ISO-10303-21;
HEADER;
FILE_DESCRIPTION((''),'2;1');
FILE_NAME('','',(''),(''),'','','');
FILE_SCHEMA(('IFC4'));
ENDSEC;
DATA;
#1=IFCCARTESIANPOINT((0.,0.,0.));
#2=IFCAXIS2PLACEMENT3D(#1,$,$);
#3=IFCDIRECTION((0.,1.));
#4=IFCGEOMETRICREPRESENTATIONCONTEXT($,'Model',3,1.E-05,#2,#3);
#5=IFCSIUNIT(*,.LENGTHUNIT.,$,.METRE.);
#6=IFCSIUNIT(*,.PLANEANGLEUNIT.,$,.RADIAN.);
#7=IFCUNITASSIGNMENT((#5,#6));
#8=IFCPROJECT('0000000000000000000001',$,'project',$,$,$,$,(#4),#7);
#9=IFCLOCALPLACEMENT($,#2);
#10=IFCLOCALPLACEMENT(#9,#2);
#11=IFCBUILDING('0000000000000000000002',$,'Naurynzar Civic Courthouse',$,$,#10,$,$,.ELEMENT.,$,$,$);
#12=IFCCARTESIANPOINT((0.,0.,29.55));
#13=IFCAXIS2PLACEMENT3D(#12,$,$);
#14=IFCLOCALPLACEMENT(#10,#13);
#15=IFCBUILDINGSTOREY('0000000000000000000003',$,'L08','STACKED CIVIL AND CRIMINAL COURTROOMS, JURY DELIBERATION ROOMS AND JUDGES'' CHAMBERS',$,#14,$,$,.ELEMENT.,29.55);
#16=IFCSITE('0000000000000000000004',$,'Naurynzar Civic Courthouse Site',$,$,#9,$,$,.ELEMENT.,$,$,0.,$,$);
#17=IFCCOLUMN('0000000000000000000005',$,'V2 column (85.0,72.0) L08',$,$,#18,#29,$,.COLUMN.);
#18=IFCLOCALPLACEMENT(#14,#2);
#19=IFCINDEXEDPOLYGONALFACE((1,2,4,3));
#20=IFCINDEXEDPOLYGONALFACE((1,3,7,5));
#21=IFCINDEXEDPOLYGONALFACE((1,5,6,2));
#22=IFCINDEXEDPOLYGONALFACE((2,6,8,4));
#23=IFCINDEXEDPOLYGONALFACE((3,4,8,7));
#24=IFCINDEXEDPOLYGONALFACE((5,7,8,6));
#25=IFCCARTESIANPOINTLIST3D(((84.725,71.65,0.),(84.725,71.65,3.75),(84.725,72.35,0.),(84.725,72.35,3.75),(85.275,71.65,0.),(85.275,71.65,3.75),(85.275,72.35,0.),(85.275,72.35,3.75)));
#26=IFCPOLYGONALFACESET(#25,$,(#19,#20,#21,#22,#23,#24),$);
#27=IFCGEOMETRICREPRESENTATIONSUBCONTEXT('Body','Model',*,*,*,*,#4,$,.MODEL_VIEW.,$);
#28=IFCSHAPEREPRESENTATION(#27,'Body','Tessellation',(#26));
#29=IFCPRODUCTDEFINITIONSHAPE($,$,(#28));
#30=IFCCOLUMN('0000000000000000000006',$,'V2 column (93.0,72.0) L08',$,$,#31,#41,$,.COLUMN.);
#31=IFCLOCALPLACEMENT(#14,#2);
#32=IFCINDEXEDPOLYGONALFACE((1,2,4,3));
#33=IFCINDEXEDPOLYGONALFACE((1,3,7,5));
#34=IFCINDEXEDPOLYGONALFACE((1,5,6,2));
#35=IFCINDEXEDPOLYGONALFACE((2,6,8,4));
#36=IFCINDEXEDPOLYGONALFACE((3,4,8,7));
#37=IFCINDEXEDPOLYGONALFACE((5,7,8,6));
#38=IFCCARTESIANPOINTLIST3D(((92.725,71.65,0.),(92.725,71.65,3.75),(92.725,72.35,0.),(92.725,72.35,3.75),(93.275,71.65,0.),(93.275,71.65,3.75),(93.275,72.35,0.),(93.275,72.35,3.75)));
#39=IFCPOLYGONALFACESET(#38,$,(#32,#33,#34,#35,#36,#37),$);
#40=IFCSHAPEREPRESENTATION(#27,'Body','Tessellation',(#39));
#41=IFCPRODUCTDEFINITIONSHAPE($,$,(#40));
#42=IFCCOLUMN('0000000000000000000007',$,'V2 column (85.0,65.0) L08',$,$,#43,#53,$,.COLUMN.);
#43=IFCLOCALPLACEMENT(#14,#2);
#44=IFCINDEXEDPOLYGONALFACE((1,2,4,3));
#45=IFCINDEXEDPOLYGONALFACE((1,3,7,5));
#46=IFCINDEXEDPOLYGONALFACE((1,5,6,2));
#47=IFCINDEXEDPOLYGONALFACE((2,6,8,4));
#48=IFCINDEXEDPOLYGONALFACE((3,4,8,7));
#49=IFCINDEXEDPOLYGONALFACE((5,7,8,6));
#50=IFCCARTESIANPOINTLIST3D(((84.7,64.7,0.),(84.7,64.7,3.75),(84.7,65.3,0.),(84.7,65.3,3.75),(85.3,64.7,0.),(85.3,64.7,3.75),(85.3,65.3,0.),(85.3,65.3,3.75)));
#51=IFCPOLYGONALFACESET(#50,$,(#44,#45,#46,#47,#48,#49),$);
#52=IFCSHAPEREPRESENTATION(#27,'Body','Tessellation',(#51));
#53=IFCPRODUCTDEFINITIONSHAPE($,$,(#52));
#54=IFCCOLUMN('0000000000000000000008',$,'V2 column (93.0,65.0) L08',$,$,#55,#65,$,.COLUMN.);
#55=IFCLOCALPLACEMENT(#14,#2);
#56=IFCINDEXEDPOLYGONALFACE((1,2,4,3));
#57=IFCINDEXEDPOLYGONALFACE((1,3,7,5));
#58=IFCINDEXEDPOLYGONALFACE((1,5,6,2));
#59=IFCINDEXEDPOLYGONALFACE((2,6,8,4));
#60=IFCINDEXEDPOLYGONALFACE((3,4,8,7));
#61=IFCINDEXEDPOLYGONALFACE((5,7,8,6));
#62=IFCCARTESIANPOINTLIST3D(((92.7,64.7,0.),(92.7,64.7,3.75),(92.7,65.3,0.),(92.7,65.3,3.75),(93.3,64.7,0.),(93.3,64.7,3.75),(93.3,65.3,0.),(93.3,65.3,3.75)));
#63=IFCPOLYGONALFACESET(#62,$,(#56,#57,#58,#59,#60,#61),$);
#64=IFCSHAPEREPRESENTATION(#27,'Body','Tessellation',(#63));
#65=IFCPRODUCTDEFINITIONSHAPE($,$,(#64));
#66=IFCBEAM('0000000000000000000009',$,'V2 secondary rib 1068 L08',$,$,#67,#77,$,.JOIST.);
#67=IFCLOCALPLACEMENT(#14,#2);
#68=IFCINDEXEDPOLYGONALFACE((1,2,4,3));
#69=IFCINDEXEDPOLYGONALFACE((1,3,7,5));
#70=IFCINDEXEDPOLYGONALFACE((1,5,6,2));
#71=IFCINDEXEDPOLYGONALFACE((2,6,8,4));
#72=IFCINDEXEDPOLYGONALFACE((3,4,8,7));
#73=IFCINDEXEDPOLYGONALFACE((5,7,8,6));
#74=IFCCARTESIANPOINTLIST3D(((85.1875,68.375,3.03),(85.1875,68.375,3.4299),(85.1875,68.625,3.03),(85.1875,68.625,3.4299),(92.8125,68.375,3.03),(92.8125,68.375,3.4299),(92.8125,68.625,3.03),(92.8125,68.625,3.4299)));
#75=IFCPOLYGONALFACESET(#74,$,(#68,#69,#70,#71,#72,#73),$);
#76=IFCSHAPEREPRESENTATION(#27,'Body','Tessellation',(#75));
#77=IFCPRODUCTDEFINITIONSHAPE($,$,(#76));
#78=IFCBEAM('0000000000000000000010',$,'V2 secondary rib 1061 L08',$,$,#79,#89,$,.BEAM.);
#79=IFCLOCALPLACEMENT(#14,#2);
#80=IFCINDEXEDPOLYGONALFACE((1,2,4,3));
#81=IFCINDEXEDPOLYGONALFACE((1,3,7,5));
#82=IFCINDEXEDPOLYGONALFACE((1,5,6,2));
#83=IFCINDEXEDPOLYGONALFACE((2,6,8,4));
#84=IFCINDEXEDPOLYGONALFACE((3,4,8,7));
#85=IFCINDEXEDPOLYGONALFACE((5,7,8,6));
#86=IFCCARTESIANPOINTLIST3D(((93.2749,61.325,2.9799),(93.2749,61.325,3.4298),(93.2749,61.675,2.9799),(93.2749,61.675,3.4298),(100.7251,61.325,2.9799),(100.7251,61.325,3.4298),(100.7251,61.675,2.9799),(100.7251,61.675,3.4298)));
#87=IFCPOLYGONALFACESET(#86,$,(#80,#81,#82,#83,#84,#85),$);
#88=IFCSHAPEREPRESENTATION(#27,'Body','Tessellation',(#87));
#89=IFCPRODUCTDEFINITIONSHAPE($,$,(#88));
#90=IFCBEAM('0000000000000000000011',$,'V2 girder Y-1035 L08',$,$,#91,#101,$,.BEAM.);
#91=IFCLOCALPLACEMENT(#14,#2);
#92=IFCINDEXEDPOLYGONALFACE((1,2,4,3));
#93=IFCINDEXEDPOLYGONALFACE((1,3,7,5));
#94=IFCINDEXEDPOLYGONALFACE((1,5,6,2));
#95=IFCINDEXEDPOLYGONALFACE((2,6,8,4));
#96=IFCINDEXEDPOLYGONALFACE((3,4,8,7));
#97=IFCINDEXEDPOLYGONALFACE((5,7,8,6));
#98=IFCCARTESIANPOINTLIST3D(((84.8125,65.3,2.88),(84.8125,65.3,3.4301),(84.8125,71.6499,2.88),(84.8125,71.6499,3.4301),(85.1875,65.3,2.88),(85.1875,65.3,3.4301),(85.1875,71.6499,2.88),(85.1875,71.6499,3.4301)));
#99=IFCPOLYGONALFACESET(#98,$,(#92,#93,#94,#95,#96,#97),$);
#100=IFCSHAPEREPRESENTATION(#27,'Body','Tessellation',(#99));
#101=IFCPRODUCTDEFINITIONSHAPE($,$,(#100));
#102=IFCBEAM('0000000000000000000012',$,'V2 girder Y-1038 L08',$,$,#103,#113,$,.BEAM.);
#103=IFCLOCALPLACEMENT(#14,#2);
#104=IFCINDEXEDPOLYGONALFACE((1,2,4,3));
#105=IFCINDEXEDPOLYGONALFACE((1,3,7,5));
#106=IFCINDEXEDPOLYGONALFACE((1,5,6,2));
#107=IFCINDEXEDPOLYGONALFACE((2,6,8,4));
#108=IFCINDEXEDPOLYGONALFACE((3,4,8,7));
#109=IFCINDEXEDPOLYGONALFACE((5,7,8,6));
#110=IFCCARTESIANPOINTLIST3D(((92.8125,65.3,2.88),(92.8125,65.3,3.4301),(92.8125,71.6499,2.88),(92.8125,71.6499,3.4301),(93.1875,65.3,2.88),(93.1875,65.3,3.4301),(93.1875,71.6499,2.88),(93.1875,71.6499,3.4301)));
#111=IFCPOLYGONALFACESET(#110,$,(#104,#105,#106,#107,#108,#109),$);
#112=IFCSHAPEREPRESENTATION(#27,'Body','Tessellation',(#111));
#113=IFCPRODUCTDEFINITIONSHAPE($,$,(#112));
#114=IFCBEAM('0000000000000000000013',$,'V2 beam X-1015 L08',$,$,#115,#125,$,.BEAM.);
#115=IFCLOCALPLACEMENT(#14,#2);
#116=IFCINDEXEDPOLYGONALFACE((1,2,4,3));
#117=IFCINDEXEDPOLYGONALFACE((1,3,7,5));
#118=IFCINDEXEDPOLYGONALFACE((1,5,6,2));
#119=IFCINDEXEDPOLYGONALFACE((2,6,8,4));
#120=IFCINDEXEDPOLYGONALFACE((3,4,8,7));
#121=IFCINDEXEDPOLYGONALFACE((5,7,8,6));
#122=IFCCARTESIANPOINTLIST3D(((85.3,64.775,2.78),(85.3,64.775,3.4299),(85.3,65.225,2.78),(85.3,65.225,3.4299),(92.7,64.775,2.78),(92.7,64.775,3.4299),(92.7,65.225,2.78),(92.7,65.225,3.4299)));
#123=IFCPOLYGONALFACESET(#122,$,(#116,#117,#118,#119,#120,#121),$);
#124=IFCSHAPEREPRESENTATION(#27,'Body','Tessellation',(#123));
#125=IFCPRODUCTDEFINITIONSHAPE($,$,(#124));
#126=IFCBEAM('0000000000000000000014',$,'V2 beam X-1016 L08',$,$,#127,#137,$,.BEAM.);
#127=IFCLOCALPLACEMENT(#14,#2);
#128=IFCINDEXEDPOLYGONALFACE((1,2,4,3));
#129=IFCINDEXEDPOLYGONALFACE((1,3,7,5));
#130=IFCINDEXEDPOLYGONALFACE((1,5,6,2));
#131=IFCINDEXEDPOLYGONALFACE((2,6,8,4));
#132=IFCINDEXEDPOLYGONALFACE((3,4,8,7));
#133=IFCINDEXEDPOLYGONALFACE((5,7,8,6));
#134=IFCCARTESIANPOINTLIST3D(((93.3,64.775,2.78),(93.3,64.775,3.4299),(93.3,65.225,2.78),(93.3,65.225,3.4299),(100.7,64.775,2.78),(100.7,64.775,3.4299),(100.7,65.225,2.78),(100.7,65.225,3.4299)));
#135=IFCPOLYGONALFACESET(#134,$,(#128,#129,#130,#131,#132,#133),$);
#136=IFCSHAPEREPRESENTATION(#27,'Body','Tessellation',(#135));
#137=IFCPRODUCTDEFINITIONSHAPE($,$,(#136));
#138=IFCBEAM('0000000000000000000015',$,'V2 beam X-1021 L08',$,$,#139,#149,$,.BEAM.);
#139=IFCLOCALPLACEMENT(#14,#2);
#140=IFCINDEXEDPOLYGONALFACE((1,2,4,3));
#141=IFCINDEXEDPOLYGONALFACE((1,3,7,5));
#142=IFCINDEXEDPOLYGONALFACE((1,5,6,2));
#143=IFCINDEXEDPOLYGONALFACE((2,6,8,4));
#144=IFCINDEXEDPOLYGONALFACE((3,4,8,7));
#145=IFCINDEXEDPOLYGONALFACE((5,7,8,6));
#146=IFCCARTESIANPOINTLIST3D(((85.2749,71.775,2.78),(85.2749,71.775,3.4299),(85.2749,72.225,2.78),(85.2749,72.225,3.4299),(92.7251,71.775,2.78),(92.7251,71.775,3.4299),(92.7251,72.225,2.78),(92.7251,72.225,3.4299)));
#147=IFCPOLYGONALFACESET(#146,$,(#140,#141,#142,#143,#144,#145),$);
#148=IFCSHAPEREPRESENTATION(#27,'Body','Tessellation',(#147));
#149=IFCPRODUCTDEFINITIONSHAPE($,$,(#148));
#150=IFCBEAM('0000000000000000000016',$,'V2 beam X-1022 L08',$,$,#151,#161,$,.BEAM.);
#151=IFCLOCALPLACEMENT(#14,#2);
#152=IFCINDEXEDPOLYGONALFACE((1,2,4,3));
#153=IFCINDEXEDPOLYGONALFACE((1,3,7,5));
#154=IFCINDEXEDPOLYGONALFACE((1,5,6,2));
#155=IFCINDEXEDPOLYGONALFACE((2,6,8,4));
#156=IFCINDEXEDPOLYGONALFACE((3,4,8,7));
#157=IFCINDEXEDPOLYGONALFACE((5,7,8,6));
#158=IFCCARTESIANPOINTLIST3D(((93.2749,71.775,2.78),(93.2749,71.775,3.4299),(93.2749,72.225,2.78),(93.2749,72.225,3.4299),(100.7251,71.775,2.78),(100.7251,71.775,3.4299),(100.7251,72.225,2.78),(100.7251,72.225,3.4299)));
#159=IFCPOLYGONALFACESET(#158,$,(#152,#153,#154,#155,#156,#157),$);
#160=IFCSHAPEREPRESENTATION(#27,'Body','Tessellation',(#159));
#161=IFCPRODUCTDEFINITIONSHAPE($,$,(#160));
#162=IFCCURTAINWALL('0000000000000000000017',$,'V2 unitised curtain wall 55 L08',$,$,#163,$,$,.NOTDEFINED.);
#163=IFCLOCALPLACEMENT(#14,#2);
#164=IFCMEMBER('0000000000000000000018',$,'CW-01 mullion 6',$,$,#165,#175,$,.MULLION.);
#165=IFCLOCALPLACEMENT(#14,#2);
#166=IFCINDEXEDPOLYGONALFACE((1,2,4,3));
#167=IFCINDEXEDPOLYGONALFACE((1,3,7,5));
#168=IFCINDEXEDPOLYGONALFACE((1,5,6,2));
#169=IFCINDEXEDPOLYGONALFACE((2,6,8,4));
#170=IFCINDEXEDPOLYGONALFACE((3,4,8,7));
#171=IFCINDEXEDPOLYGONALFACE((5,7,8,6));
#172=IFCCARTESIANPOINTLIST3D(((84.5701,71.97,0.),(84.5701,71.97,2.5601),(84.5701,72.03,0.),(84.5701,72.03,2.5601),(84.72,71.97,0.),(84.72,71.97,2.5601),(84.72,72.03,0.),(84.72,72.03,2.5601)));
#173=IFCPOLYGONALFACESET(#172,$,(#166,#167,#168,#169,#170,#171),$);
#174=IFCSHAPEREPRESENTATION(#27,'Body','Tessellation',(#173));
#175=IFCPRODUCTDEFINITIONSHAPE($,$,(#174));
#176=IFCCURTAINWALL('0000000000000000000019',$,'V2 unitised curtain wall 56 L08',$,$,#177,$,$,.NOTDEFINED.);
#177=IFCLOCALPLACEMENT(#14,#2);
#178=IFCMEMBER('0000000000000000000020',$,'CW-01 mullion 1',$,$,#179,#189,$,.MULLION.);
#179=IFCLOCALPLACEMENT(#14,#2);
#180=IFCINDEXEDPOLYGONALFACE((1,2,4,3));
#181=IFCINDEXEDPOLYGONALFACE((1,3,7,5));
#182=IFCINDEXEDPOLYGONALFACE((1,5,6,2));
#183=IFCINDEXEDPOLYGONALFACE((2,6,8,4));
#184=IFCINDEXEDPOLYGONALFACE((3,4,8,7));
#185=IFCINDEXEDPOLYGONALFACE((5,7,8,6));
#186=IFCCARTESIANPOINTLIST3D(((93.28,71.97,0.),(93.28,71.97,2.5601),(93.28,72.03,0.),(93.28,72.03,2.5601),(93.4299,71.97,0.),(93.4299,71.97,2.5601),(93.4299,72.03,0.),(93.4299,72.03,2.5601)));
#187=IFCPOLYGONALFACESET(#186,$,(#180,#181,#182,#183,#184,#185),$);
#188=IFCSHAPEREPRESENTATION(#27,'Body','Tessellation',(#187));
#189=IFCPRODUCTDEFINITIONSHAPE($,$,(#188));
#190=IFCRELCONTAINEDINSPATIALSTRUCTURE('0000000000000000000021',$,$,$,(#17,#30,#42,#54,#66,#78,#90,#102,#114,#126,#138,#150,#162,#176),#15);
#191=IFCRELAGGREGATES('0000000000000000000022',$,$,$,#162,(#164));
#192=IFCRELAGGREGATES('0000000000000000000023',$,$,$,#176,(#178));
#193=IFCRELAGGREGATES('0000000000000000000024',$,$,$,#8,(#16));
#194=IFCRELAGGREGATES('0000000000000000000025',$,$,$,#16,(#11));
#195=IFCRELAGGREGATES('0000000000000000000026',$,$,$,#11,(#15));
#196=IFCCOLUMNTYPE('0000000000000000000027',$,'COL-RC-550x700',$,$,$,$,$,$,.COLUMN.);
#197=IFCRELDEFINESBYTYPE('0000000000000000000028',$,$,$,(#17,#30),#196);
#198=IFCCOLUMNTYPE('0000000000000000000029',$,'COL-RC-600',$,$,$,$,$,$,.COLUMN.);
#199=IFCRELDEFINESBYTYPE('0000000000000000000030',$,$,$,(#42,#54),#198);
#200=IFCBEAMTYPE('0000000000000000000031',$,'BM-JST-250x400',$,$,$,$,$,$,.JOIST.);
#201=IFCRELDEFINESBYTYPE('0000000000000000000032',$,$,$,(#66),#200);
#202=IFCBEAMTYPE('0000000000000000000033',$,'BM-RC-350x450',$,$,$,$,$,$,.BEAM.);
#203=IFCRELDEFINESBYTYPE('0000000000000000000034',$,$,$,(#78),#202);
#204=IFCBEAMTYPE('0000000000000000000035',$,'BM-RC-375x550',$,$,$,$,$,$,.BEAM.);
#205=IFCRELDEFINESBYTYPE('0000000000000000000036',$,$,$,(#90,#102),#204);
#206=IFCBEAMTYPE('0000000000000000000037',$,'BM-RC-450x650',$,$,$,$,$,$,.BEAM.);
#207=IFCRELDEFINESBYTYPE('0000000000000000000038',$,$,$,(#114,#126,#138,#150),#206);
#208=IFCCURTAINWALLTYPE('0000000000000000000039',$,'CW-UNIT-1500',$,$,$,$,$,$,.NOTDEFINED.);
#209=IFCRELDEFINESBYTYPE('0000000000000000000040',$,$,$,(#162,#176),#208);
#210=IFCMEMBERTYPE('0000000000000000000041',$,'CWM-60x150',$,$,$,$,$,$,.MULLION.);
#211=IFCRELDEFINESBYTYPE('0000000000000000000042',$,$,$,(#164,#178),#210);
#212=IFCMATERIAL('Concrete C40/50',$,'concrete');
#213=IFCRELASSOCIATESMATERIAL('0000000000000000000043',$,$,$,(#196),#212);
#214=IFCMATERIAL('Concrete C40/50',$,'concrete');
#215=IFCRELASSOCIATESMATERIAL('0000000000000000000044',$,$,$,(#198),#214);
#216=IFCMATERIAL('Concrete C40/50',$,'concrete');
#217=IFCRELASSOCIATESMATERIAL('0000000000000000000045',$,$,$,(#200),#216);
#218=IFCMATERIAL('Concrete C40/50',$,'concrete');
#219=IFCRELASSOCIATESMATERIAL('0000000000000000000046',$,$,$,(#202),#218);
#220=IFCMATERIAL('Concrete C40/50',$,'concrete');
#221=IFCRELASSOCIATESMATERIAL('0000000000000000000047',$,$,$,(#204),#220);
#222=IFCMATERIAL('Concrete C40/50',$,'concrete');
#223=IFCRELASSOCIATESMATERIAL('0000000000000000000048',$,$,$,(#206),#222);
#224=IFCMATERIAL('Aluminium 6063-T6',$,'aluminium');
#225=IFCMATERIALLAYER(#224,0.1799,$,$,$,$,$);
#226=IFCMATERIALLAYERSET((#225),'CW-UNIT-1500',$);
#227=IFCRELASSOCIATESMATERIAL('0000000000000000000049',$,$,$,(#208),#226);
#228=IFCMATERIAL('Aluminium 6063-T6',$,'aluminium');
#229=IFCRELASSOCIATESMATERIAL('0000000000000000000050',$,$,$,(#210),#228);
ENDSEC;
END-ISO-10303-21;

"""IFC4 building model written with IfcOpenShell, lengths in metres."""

from ifc_helpers import new_model, si_unit, direction, frame, origin, origin_2d, place, context, subcontext, project, spatial, rectangle, extrude, material, layer, layer_set, material_profile, profile_set, type_object, element, aggregate, save


model = new_model("IFC4")

# Units and contexts
model_context = context("Model", 3, precision=1e-05, world=origin(), true_north=direction((0.0, 1.0)))
body_context = subcontext(model_context, "Body", "Model", "MODEL_VIEW")
ifc_project = project(units=[si_unit("LENGTHUNIT", "METRE"), si_unit("PLANEANGLEUNIT", "RADIAN")], contexts=[model_context])

# Site, building, storey
site_placement = place(None, origin())
site = spatial("IfcSite", under=ifc_project, at=site_placement, Name="Naurynzar Civic Courthouse Site", CompositionType="ELEMENT", RefElevation=0.0)
building_placement = place(site_placement, origin())
building = spatial("IfcBuilding", under=site, at=building_placement, Name="Naurynzar Civic Courthouse", CompositionType="ELEMENT")
storey_placement = place(building_placement, frame((0.0, 0.0, 29.55)))
storey = spatial("IfcBuildingStorey", under=building, at=storey_placement, Name="L08", Description="STACKED CIVIL AND CRIMINAL COURTROOMS, JURY DELIBERATION ROOMS AND JUDGES' CHAMBERS", CompositionType="ELEMENT", Elevation=29.55)

# Columns
ifc_material_1 = material(Name="Concrete C40/50", Category="concrete")
ifc_material_profile_1 = material_profile(ifc_material_1, rectangle(XDim=0.55, YDim=0.7, at=origin_2d()), Name="RC 550x700")
ifc_profile_set_1 = profile_set([ifc_material_profile_1], Name="Concrete C40/50")
column_type_1 = type_object("IfcColumnType", Name="COL-RC-550x700", PredefinedType="COLUMN", material=ifc_profile_set_1)
for number, where, z_axis, x_axis, name in (
    (1, (85.0, 72.0, 0.0), (0.0, 0.0, 1.0), (1.0, 0.0, 0.0), "V2 column (85.0,72.0) L08"),
    (2, (93.0, 72.0, 0.0), (0.0, 0.0, 1.0), (1.0, 0.0, 0.0), "V2 column (93.0,72.0) L08"),
):
    element("IfcColumn", number, at=place(storey_placement, frame(where, z_axis=z_axis, x_axis=x_axis)), inside=storey, type_object=column_type_1, Name=name, PredefinedType="COLUMN", context=body_context, shape_type="SweptSolid", body=[
        extrude(rectangle(XDim=0.55, YDim=0.7, at=origin_2d()), origin(), (0.0, 0.0, 1.0), 3.75),
    ])
ifc_material_2 = material(Name="Concrete C40/50", Category="concrete")
ifc_material_profile_2 = material_profile(ifc_material_2, rectangle(XDim=0.6001, YDim=0.6001, at=origin_2d()), Name="RC 600x600")
ifc_profile_set_2 = profile_set([ifc_material_profile_2], Name="Concrete C40/50")
column_type_2 = type_object("IfcColumnType", Name="COL-RC-600", PredefinedType="COLUMN", material=ifc_profile_set_2)
for number, where, z_axis, x_axis, name in (
    (3, (85.0, 65.0, 0.0), (0.0, 0.0, 1.0), (1.0, 0.0, 0.0), "V2 column (85.0,65.0) L08"),
    (4, (93.0, 65.0, 0.0), (0.0, 0.0, 1.0), (1.0, 0.0, 0.0), "V2 column (93.0,65.0) L08"),
):
    element("IfcColumn", number, at=place(storey_placement, frame(where, z_axis=z_axis, x_axis=x_axis)), inside=storey, type_object=column_type_2, Name=name, PredefinedType="COLUMN", context=body_context, shape_type="SweptSolid", body=[
        extrude(rectangle(XDim=0.6001, YDim=0.6001, at=origin_2d()), origin(), (0.0, 0.0, 1.0), 3.75),
    ])

# Beams
ifc_material_3 = material(Name="Concrete C40/50", Category="concrete")
ifc_material_profile_3 = material_profile(ifc_material_3, rectangle(XDim=0.25, YDim=0.3999, at=origin_2d()), Name="RCB 250x400")
ifc_profile_set_3 = profile_set([ifc_material_profile_3], Name="Concrete C40/50")
beam_type_1 = type_object("IfcBeamType", Name="BM-JST-250x400", PredefinedType="JOIST", material=ifc_profile_set_3)
beam_1_placement = place(storey_placement, frame((85.1875, 68.5, 3.23), z_axis=(1.0, 0.0, 0.0), x_axis=(0.0, 1.0, 0.0)))
element("IfcBeam", 5, at=beam_1_placement, inside=storey, type_object=beam_type_1, Name="V2 secondary rib 1068 L08", PredefinedType="JOIST", context=body_context, shape_type="SweptSolid", body=[
    extrude(rectangle(XDim=0.25, YDim=0.3999, at=origin_2d()), origin(), (0.0, 0.0, 1.0), 7.625),
])
ifc_material_4 = material(Name="Concrete C40/50", Category="concrete")
ifc_material_profile_4 = material_profile(ifc_material_4, rectangle(XDim=0.3501, YDim=0.45, at=origin_2d()), Name="RCB 350x450")
ifc_profile_set_4 = profile_set([ifc_material_profile_4], Name="Concrete C40/50")
beam_type_2 = type_object("IfcBeamType", Name="BM-RC-350x450", PredefinedType="BEAM", material=ifc_profile_set_4)
beam_2_placement = place(storey_placement, frame((93.2749, 61.5, 3.2048), z_axis=(1.0, 0.0, 0.0), x_axis=(0.0, 1.0, 0.0)))
element("IfcBeam", 6, at=beam_2_placement, inside=storey, type_object=beam_type_2, Name="V2 secondary rib 1061 L08", PredefinedType="BEAM", context=body_context, shape_type="SweptSolid", body=[
    extrude(rectangle(XDim=0.3501, YDim=0.45, at=origin_2d()), origin(), (0.0, 0.0, 1.0), 7.4502),
])
ifc_material_5 = material(Name="Concrete C40/50", Category="concrete")
ifc_material_profile_5 = material_profile(ifc_material_5, rectangle(XDim=0.375, YDim=0.55, at=origin_2d()), Name="RCB 375x550")
ifc_profile_set_5 = profile_set([ifc_material_profile_5], Name="Concrete C40/50")
beam_type_3 = type_object("IfcBeamType", Name="BM-RC-375x550", PredefinedType="BEAM", material=ifc_profile_set_5)
for number, where, z_axis, x_axis, name in (
    (7, (85.0, 65.3, 3.155), (0.0, 1.0, 0.0), (-1.0, 0.0, 0.0), "V2 girder Y-1035 L08"),
    (8, (93.0, 65.3, 3.155), (0.0, 1.0, 0.0), (-1.0, 0.0, 0.0), "V2 girder Y-1038 L08"),
):
    element("IfcBeam", number, at=place(storey_placement, frame(where, z_axis=z_axis, x_axis=x_axis)), inside=storey, type_object=beam_type_3, Name=name, PredefinedType="BEAM", context=body_context, shape_type="SweptSolid", body=[
        extrude(rectangle(XDim=0.375, YDim=0.55, at=origin_2d()), origin(), (0.0, 0.0, 1.0), 6.3499),
    ])
ifc_material_6 = material(Name="Concrete C40/50", Category="concrete")
ifc_material_profile_6 = material_profile(ifc_material_6, rectangle(XDim=0.45, YDim=0.6499, at=origin_2d()), Name="RCB 450x650")
ifc_profile_set_6 = profile_set([ifc_material_profile_6], Name="Concrete C40/50")
beam_type_4 = type_object("IfcBeamType", Name="BM-RC-450x650", PredefinedType="BEAM", material=ifc_profile_set_6)
for number, where, z_axis, x_axis, name in (
    (9, (85.3, 65.0, 3.105), (1.0, 0.0, 0.0), (0.0, 1.0, 0.0), "V2 beam X-1015 L08"),
    (10, (93.3, 65.0, 3.105), (1.0, 0.0, 0.0), (0.0, 1.0, 0.0), "V2 beam X-1016 L08"),
):
    element("IfcBeam", number, at=place(storey_placement, frame(where, z_axis=z_axis, x_axis=x_axis)), inside=storey, type_object=beam_type_4, Name=name, PredefinedType="BEAM", context=body_context, shape_type="SweptSolid", body=[
        extrude(rectangle(XDim=0.45, YDim=0.6499, at=origin_2d()), origin(), (0.0, 0.0, 1.0), 7.3999),
    ])
for number, where, z_axis, x_axis, name in (
    (11, (85.2749, 72.0, 3.105), (1.0, 0.0, 0.0), (0.0, 1.0, 0.0), "V2 beam X-1021 L08"),
    (12, (93.2749, 72.0, 3.105), (1.0, 0.0, 0.0), (0.0, 1.0, 0.0), "V2 beam X-1022 L08"),
):
    element("IfcBeam", number, at=place(storey_placement, frame(where, z_axis=z_axis, x_axis=x_axis)), inside=storey, type_object=beam_type_4, Name=name, PredefinedType="BEAM", context=body_context, shape_type="SweptSolid", body=[
        extrude(rectangle(XDim=0.45, YDim=0.6499, at=origin_2d()), origin(), (0.0, 0.0, 1.0), 7.4502),
    ])

# Curtain walls, members
ifc_material_7 = material(Name="Aluminium 6063-T6", Category="aluminium")
ifc_layer_1 = layer(ifc_material_7, 0.1799)
ifc_layer_set_1 = layer_set([ifc_layer_1], Name="CW-UNIT-1500")
curtain_wall_type = type_object("IfcCurtainWallType", Name="CW-UNIT-1500", PredefinedType="NOTDEFINED", material=ifc_layer_set_1)
curtain_wall_1_placement = place(storey_placement, origin())
curtain_wall_1 = element("IfcCurtainWall", 13, at=curtain_wall_1_placement, inside=storey, type_object=curtain_wall_type, Name="V2 unitised curtain wall 55 L08", PredefinedType="NOTDEFINED")
ifc_material_8 = material(Name="Aluminium 6063-T6", Category="aluminium")
ifc_material_profile_7 = material_profile(ifc_material_8, rectangle(XDim=0.0601, YDim=0.1499, at=origin_2d()), Name="ALU MULLION 60x150")
ifc_profile_set_7 = profile_set([ifc_material_profile_7], Name="Aluminium 6063-T6")
member_type = type_object("IfcMemberType", Name="CWM-60x150", PredefinedType="MULLION", material=ifc_profile_set_7)
member_1_placement = place(storey_placement, frame((84.645, 72.0, 0.0), z_axis=(0.0, 0.0, 1.0), x_axis=(0.0, 1.0, 0.0)))
member_1 = element("IfcMember", 14, at=member_1_placement, type_object=member_type, Name="CW-01 mullion 6", PredefinedType="MULLION", context=body_context, shape_type="SweptSolid", body=[
    extrude(rectangle(XDim=0.0601, YDim=0.1499, at=origin_2d()), origin(), (0.0, 0.0, 1.0), 2.5601),
])
aggregate(curtain_wall_1, [member_1])
curtain_wall_2_placement = place(storey_placement, origin())
curtain_wall_2 = element("IfcCurtainWall", 15, at=curtain_wall_2_placement, inside=storey, type_object=curtain_wall_type, Name="V2 unitised curtain wall 56 L08", PredefinedType="NOTDEFINED")
member_2_placement = place(storey_placement, frame((93.355, 72.0, 0.0), z_axis=(0.0, 0.0, 1.0), x_axis=(0.0, 1.0, 0.0)))
member_2 = element("IfcMember", 16, at=member_2_placement, type_object=member_type, Name="CW-01 mullion 1", PredefinedType="MULLION", context=body_context, shape_type="SweptSolid", body=[
    extrude(rectangle(XDim=0.0601, YDim=0.1499, at=origin_2d()), origin(), (0.0, 0.0, 1.0), 2.5601),
])
aggregate(curtain_wall_2, [member_2])

save(model, "model.ifc")
